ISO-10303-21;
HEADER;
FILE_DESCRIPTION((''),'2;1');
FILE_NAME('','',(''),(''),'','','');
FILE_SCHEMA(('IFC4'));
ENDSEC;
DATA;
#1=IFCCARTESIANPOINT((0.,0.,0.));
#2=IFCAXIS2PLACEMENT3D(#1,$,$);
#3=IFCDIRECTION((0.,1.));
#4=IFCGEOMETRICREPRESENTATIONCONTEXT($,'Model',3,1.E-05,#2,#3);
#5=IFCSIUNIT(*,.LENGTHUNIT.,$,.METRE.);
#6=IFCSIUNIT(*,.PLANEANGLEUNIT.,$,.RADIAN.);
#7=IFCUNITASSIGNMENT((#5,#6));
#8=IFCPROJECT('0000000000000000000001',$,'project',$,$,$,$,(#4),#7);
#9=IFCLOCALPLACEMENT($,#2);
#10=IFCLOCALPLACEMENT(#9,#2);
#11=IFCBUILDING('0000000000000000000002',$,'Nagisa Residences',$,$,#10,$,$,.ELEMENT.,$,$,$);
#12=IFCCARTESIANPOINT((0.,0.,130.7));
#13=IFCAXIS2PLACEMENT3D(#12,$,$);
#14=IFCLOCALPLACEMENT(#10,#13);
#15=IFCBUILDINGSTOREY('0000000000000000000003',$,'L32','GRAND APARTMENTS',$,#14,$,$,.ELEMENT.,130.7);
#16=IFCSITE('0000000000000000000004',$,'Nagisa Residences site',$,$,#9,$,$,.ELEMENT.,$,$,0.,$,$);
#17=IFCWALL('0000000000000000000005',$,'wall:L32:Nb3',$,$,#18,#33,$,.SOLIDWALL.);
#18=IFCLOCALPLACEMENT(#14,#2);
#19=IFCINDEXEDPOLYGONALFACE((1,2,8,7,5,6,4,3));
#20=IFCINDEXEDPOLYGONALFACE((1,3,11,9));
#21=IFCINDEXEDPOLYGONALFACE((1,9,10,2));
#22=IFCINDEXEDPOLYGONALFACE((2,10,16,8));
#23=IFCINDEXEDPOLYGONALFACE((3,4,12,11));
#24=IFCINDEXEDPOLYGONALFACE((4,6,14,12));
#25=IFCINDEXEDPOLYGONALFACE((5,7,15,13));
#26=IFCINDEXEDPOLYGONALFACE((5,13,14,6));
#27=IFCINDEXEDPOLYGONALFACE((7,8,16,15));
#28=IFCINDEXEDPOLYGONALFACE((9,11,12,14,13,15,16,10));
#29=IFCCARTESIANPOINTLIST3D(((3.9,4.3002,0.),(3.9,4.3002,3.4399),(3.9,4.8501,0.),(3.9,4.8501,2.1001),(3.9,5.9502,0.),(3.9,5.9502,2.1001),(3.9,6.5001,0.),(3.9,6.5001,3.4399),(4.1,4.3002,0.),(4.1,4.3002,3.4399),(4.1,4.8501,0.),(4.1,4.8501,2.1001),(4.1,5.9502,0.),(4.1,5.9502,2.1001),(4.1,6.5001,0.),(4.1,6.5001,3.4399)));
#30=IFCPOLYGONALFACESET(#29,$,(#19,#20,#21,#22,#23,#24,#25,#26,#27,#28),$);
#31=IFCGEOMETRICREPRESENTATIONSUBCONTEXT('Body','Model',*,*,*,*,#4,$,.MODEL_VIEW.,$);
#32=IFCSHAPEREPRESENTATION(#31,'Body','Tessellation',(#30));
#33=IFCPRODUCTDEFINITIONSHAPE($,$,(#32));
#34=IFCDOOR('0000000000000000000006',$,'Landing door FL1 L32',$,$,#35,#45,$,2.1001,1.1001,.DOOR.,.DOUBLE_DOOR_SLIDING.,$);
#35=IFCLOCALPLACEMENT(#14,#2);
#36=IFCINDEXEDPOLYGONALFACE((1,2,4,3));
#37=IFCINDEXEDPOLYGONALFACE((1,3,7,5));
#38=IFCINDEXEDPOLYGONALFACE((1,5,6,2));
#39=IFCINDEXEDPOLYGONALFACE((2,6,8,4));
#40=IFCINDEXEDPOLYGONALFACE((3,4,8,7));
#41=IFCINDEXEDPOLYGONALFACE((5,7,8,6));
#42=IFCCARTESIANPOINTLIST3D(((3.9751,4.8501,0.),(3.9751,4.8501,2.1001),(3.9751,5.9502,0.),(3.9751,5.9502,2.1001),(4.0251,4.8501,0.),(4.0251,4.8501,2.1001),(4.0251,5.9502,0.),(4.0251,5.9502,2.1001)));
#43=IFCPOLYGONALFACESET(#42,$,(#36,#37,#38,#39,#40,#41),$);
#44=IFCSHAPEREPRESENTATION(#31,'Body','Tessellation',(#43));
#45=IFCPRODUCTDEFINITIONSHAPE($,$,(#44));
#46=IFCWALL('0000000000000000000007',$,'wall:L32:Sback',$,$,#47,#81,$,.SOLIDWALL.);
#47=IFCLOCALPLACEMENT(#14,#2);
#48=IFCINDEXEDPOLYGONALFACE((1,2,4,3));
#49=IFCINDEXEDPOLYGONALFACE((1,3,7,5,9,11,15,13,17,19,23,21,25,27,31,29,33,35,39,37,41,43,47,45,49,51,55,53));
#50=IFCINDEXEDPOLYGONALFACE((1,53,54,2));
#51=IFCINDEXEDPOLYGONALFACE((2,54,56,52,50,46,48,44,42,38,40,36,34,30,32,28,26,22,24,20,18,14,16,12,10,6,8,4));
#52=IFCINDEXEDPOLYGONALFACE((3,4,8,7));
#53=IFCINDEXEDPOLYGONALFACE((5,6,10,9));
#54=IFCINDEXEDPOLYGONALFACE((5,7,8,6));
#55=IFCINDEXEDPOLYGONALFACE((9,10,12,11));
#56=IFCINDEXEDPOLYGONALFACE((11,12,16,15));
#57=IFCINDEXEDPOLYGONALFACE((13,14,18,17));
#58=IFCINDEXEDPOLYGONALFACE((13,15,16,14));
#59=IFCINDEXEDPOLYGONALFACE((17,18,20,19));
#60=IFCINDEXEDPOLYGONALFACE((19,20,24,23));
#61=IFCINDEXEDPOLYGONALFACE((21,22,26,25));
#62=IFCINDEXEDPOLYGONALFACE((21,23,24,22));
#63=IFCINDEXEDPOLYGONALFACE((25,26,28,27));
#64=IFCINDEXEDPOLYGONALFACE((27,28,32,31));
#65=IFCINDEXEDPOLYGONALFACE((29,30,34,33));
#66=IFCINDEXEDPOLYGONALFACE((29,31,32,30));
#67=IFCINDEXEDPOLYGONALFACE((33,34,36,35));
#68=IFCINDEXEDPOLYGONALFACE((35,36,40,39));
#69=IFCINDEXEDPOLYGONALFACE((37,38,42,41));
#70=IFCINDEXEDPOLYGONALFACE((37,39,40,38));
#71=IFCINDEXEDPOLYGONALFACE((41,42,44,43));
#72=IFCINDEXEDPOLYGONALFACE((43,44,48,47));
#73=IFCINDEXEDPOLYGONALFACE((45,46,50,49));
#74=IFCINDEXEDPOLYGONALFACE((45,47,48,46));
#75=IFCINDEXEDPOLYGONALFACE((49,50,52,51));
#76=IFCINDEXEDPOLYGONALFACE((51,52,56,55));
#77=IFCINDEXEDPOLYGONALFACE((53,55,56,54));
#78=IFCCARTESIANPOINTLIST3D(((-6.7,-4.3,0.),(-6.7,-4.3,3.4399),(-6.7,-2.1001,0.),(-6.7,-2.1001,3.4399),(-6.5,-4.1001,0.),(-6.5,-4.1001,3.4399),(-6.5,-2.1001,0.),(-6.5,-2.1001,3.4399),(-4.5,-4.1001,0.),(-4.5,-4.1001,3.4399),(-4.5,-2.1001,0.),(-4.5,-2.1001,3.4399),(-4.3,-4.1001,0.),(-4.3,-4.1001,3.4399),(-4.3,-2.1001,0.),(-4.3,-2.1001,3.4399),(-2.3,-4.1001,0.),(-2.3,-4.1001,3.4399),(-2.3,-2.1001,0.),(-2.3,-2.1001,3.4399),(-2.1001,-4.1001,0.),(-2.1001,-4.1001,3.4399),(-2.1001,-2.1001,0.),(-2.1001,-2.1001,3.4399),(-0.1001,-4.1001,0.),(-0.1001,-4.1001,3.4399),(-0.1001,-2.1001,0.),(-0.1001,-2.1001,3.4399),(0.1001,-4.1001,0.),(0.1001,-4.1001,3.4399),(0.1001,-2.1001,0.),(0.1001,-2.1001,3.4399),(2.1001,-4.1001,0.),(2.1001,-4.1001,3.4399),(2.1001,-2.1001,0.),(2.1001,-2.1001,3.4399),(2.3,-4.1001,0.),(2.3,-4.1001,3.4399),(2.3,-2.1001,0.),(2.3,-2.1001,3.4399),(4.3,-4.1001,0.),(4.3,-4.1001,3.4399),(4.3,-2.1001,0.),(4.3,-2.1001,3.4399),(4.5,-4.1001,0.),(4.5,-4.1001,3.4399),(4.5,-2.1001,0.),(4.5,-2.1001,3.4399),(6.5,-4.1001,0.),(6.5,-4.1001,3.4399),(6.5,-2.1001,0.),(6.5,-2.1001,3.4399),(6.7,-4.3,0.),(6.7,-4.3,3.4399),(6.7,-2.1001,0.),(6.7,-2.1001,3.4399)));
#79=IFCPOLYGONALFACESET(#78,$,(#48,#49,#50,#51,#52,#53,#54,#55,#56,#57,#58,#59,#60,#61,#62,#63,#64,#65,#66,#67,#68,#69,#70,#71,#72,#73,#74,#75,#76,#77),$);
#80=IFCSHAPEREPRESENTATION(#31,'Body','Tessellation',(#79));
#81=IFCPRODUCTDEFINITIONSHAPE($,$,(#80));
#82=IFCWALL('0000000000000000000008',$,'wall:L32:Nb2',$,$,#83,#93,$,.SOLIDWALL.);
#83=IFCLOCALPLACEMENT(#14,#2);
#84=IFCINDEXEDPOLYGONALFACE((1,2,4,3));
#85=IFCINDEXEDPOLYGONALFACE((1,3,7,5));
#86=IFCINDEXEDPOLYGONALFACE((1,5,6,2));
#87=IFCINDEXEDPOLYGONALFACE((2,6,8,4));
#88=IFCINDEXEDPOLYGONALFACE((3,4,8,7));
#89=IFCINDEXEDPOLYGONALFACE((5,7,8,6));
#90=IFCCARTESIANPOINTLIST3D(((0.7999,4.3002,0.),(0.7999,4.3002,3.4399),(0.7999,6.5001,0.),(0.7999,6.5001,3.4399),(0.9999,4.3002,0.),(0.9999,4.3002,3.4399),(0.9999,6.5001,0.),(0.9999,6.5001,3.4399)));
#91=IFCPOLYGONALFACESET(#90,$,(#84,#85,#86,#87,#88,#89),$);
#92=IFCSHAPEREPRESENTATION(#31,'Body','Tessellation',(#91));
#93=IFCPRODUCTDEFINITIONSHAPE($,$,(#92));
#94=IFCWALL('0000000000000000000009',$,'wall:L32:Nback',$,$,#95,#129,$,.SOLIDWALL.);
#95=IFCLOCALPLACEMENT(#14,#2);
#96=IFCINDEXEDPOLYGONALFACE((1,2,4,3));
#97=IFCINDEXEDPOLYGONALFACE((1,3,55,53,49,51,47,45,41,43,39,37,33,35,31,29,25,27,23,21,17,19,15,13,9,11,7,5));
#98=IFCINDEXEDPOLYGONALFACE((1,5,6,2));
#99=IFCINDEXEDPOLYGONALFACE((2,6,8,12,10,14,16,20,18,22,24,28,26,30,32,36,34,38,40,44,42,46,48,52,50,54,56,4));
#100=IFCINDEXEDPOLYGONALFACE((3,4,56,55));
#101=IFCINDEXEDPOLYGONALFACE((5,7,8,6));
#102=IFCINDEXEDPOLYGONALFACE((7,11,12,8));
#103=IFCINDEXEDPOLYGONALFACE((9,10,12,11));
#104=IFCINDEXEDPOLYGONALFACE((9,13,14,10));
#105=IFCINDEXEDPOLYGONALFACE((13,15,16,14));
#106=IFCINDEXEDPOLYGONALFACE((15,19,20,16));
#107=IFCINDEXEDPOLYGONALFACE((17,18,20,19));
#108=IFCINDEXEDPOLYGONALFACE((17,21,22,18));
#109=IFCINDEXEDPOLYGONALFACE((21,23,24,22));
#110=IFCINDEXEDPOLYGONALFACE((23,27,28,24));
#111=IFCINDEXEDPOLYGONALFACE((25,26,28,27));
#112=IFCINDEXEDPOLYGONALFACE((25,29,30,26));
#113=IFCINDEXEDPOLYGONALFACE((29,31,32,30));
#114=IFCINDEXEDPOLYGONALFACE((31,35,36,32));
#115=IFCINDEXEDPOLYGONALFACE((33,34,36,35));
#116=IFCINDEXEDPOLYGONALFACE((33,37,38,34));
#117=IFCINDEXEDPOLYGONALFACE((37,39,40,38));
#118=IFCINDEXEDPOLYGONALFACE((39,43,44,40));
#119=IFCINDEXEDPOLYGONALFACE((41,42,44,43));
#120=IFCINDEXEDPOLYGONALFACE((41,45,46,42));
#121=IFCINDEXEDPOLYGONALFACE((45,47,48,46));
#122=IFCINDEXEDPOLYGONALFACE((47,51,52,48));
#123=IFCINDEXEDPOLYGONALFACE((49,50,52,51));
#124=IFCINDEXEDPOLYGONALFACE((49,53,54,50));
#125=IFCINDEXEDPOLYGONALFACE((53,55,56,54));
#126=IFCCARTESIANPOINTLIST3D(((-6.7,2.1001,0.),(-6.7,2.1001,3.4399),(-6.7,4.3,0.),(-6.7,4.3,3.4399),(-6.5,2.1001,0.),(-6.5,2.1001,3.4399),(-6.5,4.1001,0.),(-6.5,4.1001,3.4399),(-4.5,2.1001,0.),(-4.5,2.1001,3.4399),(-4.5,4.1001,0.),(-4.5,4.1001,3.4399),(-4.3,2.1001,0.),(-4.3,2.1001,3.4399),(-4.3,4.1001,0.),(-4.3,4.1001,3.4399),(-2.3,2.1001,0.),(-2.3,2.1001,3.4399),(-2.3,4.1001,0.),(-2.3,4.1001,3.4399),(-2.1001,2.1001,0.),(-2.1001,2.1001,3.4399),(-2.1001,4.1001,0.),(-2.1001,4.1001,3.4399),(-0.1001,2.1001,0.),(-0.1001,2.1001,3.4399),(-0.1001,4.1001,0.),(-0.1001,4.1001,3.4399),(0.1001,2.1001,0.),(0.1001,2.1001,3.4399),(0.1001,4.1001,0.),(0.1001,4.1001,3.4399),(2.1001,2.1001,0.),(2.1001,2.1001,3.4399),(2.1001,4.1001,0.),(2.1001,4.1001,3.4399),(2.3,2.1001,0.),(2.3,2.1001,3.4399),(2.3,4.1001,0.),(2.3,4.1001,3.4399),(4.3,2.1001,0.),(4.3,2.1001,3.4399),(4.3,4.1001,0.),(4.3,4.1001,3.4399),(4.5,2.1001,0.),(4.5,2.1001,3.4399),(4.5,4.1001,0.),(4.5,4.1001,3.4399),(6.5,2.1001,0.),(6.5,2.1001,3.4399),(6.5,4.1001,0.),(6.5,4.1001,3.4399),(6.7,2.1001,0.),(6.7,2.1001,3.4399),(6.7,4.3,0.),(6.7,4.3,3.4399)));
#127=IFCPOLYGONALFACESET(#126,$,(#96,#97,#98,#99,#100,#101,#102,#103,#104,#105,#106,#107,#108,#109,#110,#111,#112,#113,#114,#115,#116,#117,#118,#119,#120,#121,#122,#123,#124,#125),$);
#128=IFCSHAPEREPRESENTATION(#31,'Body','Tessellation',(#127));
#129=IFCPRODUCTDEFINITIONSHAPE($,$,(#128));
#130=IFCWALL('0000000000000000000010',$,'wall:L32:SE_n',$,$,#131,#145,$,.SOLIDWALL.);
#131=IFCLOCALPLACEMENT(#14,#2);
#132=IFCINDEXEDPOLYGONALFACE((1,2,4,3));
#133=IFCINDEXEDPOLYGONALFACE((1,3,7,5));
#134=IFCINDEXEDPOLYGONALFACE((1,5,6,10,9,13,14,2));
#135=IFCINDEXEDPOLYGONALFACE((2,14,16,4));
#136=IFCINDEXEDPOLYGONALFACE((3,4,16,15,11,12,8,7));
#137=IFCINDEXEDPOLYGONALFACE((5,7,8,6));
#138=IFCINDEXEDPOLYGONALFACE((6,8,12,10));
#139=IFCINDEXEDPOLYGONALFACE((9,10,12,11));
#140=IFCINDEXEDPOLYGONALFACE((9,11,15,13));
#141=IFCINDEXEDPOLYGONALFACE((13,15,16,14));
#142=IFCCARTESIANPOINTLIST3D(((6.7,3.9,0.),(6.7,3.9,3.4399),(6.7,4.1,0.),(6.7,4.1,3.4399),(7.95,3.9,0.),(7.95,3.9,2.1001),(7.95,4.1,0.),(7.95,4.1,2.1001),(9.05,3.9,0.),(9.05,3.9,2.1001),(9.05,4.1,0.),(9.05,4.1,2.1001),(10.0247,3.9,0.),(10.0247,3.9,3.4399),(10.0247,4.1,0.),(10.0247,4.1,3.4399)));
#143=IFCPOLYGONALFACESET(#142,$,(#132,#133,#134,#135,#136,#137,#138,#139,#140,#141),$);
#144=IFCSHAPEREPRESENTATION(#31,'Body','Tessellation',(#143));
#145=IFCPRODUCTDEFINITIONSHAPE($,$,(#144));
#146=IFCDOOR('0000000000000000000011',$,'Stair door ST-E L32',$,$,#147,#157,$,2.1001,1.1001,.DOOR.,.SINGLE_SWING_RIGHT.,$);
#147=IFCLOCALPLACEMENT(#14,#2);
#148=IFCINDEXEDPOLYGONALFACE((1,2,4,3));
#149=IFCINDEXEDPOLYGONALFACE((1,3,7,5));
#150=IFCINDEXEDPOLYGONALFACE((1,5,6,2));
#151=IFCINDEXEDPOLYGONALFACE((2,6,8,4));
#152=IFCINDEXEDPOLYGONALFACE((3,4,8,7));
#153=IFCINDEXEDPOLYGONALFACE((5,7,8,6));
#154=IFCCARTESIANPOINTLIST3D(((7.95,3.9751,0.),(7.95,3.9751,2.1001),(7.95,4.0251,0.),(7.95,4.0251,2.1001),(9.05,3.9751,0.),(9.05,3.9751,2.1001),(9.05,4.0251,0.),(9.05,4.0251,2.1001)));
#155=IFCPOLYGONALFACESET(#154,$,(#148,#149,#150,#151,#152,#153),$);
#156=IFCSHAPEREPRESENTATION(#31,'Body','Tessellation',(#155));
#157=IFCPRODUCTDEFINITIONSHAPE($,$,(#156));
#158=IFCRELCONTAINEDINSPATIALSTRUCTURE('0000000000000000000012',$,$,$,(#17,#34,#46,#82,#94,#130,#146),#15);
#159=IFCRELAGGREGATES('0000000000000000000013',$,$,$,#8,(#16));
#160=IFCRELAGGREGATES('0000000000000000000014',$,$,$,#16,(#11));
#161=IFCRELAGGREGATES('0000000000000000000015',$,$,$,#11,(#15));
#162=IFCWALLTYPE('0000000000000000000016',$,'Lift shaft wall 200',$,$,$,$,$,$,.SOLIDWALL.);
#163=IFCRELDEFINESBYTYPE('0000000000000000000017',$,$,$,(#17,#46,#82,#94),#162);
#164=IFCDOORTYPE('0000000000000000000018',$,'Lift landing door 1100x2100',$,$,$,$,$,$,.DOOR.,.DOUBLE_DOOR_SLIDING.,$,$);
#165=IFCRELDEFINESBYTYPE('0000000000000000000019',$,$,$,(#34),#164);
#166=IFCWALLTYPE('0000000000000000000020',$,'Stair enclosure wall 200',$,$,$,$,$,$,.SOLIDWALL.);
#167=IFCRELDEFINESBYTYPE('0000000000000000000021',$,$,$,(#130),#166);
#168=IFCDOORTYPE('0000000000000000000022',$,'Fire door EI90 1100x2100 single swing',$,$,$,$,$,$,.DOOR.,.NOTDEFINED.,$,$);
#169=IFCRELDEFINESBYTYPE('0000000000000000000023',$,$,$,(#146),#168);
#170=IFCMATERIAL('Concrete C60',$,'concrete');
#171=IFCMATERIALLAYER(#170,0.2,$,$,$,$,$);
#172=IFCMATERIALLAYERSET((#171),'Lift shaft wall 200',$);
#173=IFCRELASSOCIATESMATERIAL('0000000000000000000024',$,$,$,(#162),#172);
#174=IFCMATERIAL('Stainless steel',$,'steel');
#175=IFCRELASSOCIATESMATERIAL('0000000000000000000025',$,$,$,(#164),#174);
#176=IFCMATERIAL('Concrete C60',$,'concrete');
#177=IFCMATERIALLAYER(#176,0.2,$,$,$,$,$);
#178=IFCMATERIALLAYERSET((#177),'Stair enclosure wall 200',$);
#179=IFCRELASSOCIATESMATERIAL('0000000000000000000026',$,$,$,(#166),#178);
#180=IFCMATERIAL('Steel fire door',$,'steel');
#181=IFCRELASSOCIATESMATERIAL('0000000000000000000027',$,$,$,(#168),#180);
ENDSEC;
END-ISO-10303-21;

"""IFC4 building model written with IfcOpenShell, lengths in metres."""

from ifc_helpers import new_model, si_unit, direction, frame, frame_2d, origin, place, context, subcontext, project, spatial, polyline, rectangle, outline, extrude, material, layer, layer_set, type_object, element, fill, save


model = new_model("IFC4")

# Units and contexts
model_context = context("Model", 3, precision=1e-05, world=origin(), true_north=direction((0.0, 1.0)))
body_context = subcontext(model_context, "Body", "Model", "MODEL_VIEW")
ifc_project = project(units=[si_unit("LENGTHUNIT", "METRE"), si_unit("PLANEANGLEUNIT", "RADIAN")], contexts=[model_context])

# Site, building, storey
site_placement = place(None, origin())
site = spatial("IfcSite", under=ifc_project, at=site_placement, Name="Nagisa Residences site", CompositionType="ELEMENT", RefElevation=0.0)
building_placement = place(site_placement, origin())
building = spatial("IfcBuilding", under=site, at=building_placement, Name="Nagisa Residences", CompositionType="ELEMENT")
storey_placement = place(building_placement, frame((0.0, 0.0, 130.7)))
storey = spatial("IfcBuildingStorey", under=building, at=storey_placement, Name="L32", Description="GRAND APARTMENTS", CompositionType="ELEMENT", Elevation=130.7)

# Wall, opening, door
ifc_material_1 = material(Name="Concrete C60", Category="concrete")
ifc_layer_1 = layer(ifc_material_1, 0.2)
ifc_layer_set_1 = layer_set([ifc_layer_1], Name="Lift shaft wall 200")
wall_type_1 = type_object("IfcWallType", Name="Lift shaft wall 200", PredefinedType="SOLIDWALL", material=ifc_layer_set_1)
wall_1_placement = place(storey_placement, frame((4.0, 4.3, 0.0), z_axis=(0.0, 0.0, 1.0), x_axis=(0.0, 1.0, 0.0)))
wall_1 = element("IfcWall", 1, at=wall_1_placement, inside=storey, type_object=wall_type_1, Name="wall:L32:Nb3", PredefinedType="SOLIDWALL", context=body_context, shape_type="SweptSolid", body=[
    extrude(rectangle(XDim=2.2, YDim=0.2, at=frame_2d((1.1001, 0.0))), origin(), (0.0, 0.0, 1.0), 3.4399),
])
opening_1_placement = place(wall_1_placement, frame((0.55, 0.0, 0.0)))
opening_1 = element("IfcOpeningElement", 2, at=opening_1_placement, cuts=wall_1, PredefinedType="OPENING", context=body_context, shape_type="SweptSolid", body=[
    extrude(rectangle(XDim=1.1001, YDim=2.1001, at=frame_2d((0.55, 1.05))), frame((0.0, 0.1099, 0.0), z_axis=(0.0, -1.0, 0.0), x_axis=(1.0, 0.0, 0.0)), (0.0, 0.0, 1.0), 0.22),
])
ifc_material_2 = material(Name="Stainless steel", Category="steel")
door_type_1 = type_object("IfcDoorType", Name="Lift landing door 1100x2100", OperationType="DOUBLE_DOOR_SLIDING", PredefinedType="DOOR", material=ifc_material_2)
door_1_placement = place(opening_1_placement, origin())
door_1 = element("IfcDoor", 3, at=door_1_placement, inside=storey, type_object=door_type_1, Name="Landing door FL1 L32", OperationType="DOUBLE_DOOR_SLIDING", OverallHeight=2.1001, OverallWidth=1.1001, PredefinedType="DOOR", context=body_context, shape_type="SweptSolid", body=[
    extrude(rectangle(XDim=1.1001, YDim=2.1001, at=frame_2d((0.55, 1.05))), frame((0.0, 0.0249, 0.0), z_axis=(0.0, -1.0, 0.0), x_axis=(1.0, 0.0, 0.0)), (0.0, 0.0, 1.0), 0.05),
])
fill(opening_1, door_1)

# Walls
wall_2_placement = place(storey_placement, origin())
element("IfcWall", 4, at=wall_2_placement, inside=storey, type_object=wall_type_1, Name="wall:L32:Sback", PredefinedType="SOLIDWALL", context=body_context, shape_type="SweptSolid", body=[
    extrude(outline(polyline([(-6.7, -2.1001), (-6.5, -2.1001), (-6.5, -4.1001), (-4.5, -4.1001), (-4.5, -2.1001), (-4.3, -2.1001), (-4.3, -4.1001), (-2.3, -4.1001), (-2.3, -2.1001), (-2.1001, -2.1001), (-2.1001, -4.1001), (-0.1001, -4.1001), (-0.1001, -2.1001), (0.1001, -2.1001), (0.1001, -4.1001), (2.1001, -4.1001), (2.1001, -2.1001), (2.3, -2.1001), (2.3, -4.1001), (4.3, -4.1001), (4.3, -2.1001), (4.5, -2.1001), (4.5, -4.1001), (6.5, -4.1001), (6.5, -2.1001), (6.7, -2.1001), (6.7, -4.3), (-6.7, -4.3), (-6.7, -2.1001)])), origin(), (0.0, 0.0, 1.0), 3.4399),
])
wall_3_placement = place(storey_placement, frame((0.8999, 4.3, 0.0), z_axis=(0.0, 0.0, 1.0), x_axis=(0.0, 1.0, 0.0)))
element("IfcWall", 5, at=wall_3_placement, inside=storey, type_object=wall_type_1, Name="wall:L32:Nb2", PredefinedType="SOLIDWALL", context=body_context, shape_type="SweptSolid", body=[
    extrude(rectangle(XDim=2.2, YDim=0.2, at=frame_2d((1.1001, 0.0))), origin(), (0.0, 0.0, 1.0), 3.4399),
])
wall_4_placement = place(storey_placement, origin())
element("IfcWall", 6, at=wall_4_placement, inside=storey, type_object=wall_type_1, Name="wall:L32:Nback", PredefinedType="SOLIDWALL", context=body_context, shape_type="SweptSolid", body=[
    extrude(outline(polyline([(-6.5, 2.1001), (-6.7, 2.1001), (-6.7, 4.3), (6.7, 4.3), (6.7, 2.1001), (6.5, 2.1001), (6.5, 4.1001), (4.5, 4.1001), (4.5, 2.1001), (4.3, 2.1001), (4.3, 4.1001), (2.3, 4.1001), (2.3, 2.1001), (2.1001, 2.1001), (2.1001, 4.1001), (0.1001, 4.1001), (0.1001, 2.1001), (-0.1001, 2.1001), (-0.1001, 4.1001), (-2.1001, 4.1001), (-2.1001, 2.1001), (-2.3, 2.1001), (-2.3, 4.1001), (-4.3, 4.1001), (-4.3, 2.1001), (-4.5, 2.1001), (-4.5, 4.1001), (-6.5, 4.1001), (-6.5, 2.1001)])), origin(), (0.0, 0.0, 1.0), 3.4399),
])

# Wall, opening, door
ifc_material_3 = material(Name="Concrete C60", Category="concrete")
ifc_layer_2 = layer(ifc_material_3, 0.2)
ifc_layer_set_2 = layer_set([ifc_layer_2], Name="Stair enclosure wall 200")
wall_type_2 = type_object("IfcWallType", Name="Stair enclosure wall 200", PredefinedType="SOLIDWALL", material=ifc_layer_set_2)
wall_5_placement = place(storey_placement, frame((6.7, 4.0, 0.0), z_axis=(0.0, 0.0, 1.0), x_axis=(1.0, 0.0, 0.0)))
wall_5 = element("IfcWall", 7, at=wall_5_placement, inside=storey, type_object=wall_type_2, Name="wall:L32:SE_n", PredefinedType="SOLIDWALL", context=body_context, shape_type="SweptSolid", body=[
    extrude(rectangle(XDim=3.3247, YDim=0.2, at=frame_2d((1.6624, 0.0))), origin(), (0.0, 0.0, 1.0), 3.4399),
])
opening_2_placement = place(wall_5_placement, frame((1.25, 0.0, 0.0)))
opening_2 = element("IfcOpeningElement", 8, at=opening_2_placement, cuts=wall_5, PredefinedType="OPENING", context=body_context, shape_type="SweptSolid", body=[
    extrude(rectangle(XDim=1.1001, YDim=2.1001, at=frame_2d((0.55, 1.05))), frame((0.0, 0.1099, 0.0), z_axis=(0.0, -1.0, 0.0), x_axis=(1.0, 0.0, 0.0)), (0.0, 0.0, 1.0), 0.22),
])
ifc_material_4 = material(Name="Steel fire door", Category="steel")
door_type_2 = type_object("IfcDoorType", Name="Fire door EI90 1100x2100 single swing", OperationType="NOTDEFINED", PredefinedType="DOOR", material=ifc_material_4)
door_2_placement = place(opening_2_placement, frame((1.1001, 0.0, 0.0), x_axis=(-1.0, 0.0, 0.0)))
door_2 = element("IfcDoor", 9, at=door_2_placement, inside=storey, type_object=door_type_2, Name="Stair door ST-E L32", OperationType="SINGLE_SWING_RIGHT", OverallHeight=2.1001, OverallWidth=1.1001, PredefinedType="DOOR", context=body_context, shape_type="SweptSolid", body=[
    extrude(rectangle(XDim=1.1001, YDim=2.1001, at=frame_2d((0.55, 1.05))), frame((0.0, 0.0249, 0.0), z_axis=(0.0, -1.0, 0.0), x_axis=(1.0, 0.0, 0.0)), (0.0, 0.0, 1.0), 0.05),
])
fill(opening_2, door_2)

save(model, "model.ifc")
